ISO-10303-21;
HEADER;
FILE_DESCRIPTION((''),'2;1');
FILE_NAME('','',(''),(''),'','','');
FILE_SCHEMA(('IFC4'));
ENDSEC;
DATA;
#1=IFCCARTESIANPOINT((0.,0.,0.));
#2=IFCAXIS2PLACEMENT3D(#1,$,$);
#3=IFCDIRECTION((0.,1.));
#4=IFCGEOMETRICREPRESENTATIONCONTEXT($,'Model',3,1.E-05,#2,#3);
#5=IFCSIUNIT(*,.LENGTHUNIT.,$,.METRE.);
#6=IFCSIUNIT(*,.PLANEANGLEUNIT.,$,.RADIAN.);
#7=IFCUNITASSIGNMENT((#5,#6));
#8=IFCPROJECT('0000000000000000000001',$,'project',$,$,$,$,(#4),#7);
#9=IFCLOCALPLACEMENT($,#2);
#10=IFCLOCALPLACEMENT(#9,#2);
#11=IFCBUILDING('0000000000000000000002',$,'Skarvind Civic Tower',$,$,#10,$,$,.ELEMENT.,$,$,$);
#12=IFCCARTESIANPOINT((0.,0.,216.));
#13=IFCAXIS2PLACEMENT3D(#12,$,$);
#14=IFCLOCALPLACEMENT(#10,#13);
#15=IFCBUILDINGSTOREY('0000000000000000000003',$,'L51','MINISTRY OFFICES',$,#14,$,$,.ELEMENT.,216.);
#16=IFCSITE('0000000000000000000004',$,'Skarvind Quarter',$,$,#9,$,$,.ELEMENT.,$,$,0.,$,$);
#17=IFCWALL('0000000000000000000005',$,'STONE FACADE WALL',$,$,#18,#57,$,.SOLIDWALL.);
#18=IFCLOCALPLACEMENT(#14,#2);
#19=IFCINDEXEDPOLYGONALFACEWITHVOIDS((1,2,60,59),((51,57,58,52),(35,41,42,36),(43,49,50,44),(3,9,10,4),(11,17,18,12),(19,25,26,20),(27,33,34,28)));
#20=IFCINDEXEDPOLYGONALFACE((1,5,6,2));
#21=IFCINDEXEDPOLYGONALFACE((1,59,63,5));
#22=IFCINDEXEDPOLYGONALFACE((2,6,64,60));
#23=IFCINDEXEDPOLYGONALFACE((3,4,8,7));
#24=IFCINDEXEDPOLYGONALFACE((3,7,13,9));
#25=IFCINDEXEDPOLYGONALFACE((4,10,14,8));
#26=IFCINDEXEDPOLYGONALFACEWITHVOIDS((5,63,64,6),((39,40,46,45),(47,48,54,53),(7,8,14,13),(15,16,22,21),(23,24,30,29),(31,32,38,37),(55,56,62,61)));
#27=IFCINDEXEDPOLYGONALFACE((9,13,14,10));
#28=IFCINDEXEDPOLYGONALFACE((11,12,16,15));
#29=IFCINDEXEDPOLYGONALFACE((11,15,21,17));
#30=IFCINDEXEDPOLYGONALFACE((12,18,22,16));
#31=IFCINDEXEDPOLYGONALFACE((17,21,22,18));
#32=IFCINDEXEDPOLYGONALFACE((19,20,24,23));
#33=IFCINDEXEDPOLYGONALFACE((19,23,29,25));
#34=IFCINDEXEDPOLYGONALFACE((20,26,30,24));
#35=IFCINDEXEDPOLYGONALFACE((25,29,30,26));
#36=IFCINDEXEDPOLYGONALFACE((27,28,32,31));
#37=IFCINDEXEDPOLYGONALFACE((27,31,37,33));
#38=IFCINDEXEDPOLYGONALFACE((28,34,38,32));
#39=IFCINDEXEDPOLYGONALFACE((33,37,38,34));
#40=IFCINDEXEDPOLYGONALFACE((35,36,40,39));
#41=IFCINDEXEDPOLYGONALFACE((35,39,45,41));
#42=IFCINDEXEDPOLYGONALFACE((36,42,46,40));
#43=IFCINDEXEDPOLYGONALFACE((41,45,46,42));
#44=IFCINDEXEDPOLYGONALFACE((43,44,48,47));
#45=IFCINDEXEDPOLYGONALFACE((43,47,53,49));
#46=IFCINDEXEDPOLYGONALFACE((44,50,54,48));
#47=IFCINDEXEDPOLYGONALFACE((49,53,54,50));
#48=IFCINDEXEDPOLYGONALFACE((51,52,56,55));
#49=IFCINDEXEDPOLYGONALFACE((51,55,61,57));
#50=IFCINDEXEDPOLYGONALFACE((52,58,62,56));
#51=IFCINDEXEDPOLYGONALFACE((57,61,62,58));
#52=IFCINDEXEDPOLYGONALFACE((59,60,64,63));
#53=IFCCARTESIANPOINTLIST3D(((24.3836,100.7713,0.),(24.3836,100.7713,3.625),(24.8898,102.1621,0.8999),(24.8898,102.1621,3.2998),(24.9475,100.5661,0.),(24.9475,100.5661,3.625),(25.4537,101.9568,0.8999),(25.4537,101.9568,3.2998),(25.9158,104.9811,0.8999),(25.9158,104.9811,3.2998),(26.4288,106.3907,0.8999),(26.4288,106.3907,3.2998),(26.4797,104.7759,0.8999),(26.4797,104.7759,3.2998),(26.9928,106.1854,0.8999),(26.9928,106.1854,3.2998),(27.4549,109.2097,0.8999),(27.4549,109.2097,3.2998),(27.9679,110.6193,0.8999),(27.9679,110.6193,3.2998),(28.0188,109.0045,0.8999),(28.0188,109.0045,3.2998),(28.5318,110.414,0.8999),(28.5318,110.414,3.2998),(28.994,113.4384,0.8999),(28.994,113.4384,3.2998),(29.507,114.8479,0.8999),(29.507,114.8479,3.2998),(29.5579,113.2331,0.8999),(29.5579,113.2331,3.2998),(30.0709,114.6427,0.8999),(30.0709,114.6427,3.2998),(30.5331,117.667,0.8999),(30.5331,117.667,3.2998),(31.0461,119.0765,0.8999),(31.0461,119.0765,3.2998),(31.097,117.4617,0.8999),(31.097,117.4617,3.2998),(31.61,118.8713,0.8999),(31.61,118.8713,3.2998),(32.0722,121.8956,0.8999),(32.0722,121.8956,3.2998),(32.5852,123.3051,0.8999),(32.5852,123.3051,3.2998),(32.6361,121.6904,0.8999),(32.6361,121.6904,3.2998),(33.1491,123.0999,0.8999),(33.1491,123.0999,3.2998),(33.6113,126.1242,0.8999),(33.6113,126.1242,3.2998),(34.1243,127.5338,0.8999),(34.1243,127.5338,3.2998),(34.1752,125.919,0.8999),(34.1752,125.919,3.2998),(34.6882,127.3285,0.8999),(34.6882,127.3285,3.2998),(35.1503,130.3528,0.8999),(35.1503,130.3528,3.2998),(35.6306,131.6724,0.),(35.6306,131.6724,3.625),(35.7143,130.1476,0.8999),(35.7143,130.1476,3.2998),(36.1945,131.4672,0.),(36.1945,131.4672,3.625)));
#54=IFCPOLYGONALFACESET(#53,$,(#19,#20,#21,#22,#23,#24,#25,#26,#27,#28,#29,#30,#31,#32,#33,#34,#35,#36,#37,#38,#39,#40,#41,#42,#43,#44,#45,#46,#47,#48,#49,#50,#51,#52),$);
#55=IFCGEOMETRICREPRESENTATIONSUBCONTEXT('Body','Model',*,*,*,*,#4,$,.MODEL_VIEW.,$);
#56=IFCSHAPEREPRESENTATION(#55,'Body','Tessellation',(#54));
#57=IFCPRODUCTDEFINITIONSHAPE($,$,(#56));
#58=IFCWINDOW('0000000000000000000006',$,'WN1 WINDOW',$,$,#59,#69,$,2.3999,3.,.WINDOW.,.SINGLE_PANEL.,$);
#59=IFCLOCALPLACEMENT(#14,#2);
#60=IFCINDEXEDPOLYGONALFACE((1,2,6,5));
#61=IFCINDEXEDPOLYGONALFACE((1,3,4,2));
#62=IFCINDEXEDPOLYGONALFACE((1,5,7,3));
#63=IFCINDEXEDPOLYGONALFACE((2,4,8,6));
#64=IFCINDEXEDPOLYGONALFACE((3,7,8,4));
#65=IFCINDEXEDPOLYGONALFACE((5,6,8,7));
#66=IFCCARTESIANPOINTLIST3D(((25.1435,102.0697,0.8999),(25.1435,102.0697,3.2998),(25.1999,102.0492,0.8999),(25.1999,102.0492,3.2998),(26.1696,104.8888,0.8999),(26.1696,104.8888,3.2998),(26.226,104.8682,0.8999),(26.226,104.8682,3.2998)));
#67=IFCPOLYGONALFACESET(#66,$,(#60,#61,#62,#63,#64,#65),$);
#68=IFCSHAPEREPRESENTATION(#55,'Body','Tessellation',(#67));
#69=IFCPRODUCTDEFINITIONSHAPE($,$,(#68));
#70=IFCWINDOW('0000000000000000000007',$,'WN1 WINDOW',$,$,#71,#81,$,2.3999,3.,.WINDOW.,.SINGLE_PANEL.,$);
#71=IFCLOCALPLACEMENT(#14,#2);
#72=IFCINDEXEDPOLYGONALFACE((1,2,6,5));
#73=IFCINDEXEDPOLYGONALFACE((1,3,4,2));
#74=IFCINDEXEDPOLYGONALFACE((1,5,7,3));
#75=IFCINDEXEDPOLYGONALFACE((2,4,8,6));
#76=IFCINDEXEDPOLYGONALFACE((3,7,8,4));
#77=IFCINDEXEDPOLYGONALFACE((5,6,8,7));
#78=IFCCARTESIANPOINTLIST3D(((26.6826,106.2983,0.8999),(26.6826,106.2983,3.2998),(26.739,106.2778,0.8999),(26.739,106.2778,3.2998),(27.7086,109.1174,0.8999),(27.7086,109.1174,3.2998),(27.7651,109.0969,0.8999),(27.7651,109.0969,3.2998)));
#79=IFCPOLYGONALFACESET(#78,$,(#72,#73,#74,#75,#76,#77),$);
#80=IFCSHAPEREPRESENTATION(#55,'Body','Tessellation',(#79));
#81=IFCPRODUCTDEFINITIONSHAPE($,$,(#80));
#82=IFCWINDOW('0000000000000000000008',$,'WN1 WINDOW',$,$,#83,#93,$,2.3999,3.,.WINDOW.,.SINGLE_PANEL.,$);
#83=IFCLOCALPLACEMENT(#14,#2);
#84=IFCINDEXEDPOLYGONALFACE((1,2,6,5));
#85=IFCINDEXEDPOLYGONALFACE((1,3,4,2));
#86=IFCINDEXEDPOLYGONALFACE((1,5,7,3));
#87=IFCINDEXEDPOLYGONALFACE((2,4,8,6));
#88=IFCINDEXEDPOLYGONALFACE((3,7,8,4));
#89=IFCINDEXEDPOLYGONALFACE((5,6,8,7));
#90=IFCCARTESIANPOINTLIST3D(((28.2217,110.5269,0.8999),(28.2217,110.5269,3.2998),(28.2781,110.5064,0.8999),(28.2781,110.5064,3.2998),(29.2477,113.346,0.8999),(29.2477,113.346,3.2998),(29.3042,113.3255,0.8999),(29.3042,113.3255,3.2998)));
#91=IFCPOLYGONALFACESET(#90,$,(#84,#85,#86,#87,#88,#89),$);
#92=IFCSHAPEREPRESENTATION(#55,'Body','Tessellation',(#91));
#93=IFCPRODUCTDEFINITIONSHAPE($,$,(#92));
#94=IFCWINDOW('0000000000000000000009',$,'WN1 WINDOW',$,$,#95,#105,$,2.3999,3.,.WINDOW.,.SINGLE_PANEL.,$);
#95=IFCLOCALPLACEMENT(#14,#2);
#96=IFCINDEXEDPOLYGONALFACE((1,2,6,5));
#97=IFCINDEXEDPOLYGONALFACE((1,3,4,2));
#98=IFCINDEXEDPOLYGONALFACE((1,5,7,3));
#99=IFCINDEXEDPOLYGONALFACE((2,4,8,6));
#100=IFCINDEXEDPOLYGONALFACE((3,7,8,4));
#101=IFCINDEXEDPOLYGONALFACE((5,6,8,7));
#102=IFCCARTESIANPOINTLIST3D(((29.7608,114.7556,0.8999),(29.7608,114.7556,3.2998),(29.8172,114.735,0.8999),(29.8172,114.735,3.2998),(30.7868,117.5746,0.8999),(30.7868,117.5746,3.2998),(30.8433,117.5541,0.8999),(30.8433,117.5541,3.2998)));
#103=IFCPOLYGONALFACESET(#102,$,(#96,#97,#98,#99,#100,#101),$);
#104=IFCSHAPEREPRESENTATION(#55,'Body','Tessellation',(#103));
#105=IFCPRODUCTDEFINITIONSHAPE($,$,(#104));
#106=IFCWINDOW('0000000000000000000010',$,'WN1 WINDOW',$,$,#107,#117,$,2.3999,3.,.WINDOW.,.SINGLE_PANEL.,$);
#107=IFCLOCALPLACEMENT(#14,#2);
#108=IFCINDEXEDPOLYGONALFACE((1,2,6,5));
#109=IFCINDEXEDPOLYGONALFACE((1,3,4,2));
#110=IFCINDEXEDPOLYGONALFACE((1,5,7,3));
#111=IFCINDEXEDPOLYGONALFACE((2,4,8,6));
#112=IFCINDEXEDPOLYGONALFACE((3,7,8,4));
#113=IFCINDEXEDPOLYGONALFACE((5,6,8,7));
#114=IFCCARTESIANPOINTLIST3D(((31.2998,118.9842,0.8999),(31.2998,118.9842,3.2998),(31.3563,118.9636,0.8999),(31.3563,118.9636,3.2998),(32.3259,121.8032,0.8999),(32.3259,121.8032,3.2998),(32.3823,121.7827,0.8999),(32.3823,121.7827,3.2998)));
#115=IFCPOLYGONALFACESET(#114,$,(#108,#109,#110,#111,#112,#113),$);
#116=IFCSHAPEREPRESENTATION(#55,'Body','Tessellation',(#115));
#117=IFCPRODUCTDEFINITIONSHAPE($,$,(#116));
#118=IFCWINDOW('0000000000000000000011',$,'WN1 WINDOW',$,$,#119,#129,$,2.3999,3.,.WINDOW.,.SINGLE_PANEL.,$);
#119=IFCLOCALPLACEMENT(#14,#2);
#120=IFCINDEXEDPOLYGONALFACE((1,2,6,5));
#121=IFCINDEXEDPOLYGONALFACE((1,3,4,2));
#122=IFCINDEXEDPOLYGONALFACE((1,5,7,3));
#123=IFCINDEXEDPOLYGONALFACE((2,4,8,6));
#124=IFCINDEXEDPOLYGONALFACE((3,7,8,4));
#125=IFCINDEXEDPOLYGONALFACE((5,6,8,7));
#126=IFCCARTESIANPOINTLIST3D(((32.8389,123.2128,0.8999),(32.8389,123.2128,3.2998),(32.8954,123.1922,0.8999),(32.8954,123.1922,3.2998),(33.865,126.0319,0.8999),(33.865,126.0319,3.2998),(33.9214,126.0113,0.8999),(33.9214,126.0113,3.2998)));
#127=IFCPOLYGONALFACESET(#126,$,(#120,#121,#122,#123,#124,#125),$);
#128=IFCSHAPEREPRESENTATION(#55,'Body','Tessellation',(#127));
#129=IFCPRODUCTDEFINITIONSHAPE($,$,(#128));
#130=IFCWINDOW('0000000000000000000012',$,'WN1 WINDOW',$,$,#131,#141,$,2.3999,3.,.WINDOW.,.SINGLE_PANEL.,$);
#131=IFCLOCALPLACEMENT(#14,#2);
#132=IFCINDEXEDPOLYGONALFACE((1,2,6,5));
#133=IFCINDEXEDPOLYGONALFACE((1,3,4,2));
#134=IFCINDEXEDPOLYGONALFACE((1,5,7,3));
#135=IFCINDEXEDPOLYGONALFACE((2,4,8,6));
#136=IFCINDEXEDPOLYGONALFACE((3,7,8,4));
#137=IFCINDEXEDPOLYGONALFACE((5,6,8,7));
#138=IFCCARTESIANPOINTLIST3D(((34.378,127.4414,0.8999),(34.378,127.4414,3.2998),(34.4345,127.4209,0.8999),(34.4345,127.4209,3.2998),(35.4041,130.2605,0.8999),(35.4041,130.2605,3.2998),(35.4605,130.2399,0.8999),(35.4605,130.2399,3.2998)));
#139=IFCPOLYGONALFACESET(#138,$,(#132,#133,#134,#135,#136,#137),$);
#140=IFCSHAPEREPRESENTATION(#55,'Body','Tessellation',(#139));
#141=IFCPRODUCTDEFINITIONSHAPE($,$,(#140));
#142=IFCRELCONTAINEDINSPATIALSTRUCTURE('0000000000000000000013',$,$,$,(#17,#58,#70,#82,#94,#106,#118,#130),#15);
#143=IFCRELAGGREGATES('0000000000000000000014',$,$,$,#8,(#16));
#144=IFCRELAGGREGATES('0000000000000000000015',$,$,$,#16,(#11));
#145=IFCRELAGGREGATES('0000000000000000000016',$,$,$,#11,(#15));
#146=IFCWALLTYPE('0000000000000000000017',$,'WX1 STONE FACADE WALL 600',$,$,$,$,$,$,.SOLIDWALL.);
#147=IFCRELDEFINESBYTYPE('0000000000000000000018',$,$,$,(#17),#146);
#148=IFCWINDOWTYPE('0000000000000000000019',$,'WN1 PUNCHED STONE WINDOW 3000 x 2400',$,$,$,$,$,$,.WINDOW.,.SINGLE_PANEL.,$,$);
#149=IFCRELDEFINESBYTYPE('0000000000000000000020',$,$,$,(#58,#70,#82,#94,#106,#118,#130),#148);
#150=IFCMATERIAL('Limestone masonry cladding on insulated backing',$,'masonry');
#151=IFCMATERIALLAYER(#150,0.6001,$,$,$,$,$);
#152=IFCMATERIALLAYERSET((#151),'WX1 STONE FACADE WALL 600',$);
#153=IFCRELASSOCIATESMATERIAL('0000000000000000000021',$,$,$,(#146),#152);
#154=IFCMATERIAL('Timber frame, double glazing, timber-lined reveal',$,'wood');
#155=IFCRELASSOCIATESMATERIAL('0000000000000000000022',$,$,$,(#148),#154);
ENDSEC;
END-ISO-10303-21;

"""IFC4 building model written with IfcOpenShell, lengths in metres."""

from ifc_helpers import new_model, si_unit, direction, frame, frame_2d, origin, place, context, subcontext, project, spatial, rectangle, extrude, material, layer, layer_set, type_object, element, fill, save


model = new_model("IFC4")

# Units and contexts
model_context = context("Model", 3, precision=1e-05, world=origin(), true_north=direction((0.0, 1.0)))
body_context = subcontext(model_context, "Body", "Model", "MODEL_VIEW")
ifc_project = project(units=[si_unit("LENGTHUNIT", "METRE"), si_unit("PLANEANGLEUNIT", "RADIAN")], contexts=[model_context])

# Site, building, storey
site_placement = place(None, origin())
site = spatial("IfcSite", under=ifc_project, at=site_placement, Name="Skarvind Quarter", CompositionType="ELEMENT", RefElevation=0.0)
building_placement = place(site_placement, origin())
building = spatial("IfcBuilding", under=site, at=building_placement, Name="Skarvind Civic Tower", CompositionType="ELEMENT")
storey_placement = place(building_placement, frame((0.0, 0.0, 216.0)))
storey = spatial("IfcBuildingStorey", under=building, at=storey_placement, Name="L51", Description="MINISTRY OFFICES", CompositionType="ELEMENT", Elevation=216.0)

# Wall, openings, windows
ifc_material_1 = material(Name="Limestone masonry cladding on insulated backing", Category="masonry")
ifc_layer_1 = layer(ifc_material_1, 0.6001)
ifc_layer_set_1 = layer_set([ifc_layer_1], Name="WX1 STONE FACADE WALL 600")
wall_type_1 = type_object("IfcWallType", Name="WX1 STONE FACADE WALL 600", PredefinedType="SOLIDWALL", material=ifc_layer_set_1)
wall_1_placement = place(storey_placement, frame((24.6655, 100.6687, 0.0), z_axis=(0.0, 0.0, 1.0), x_axis=(0.34202, 0.939693, 0.0)))
wall_1 = element("IfcWall", 1, at=wall_1_placement, inside=storey, type_object=wall_type_1, Name="STONE FACADE WALL", PredefinedType="SOLIDWALL", context=body_context, shape_type="SweptSolid", body=[
    extrude(rectangle(XDim=32.8843, YDim=0.6001, at=frame_2d((16.4421, 0.0))), origin(), (0.0, 0.0, 1.0), 3.625),
])
opening_1_placement = place(wall_1_placement, frame((1.48, 0.0, 0.8999)))
opening_1 = element("IfcOpeningElement", 2, at=opening_1_placement, cuts=wall_1, PredefinedType="OPENING", context=body_context, shape_type="SweptSolid", body=[
    extrude(rectangle(XDim=3.0, YDim=2.3999, at=frame_2d((1.5, 1.2))), frame((0.0, 0.3101, 0.0), z_axis=(0.0, -1.0, 0.0), x_axis=(1.0, 0.0, 0.0)), (0.0, 0.0, 1.0), 0.6201),
])
opening_2_placement = place(wall_1_placement, frame((5.98, 0.0, 0.8999)))
opening_2 = element("IfcOpeningElement", 3, at=opening_2_placement, cuts=wall_1, PredefinedType="OPENING", context=body_context, shape_type="SweptSolid", body=[
    extrude(rectangle(XDim=3.0, YDim=2.3999, at=frame_2d((1.5, 1.2))), frame((0.0, 0.3101, 0.0), z_axis=(0.0, -1.0, 0.0), x_axis=(1.0, 0.0, 0.0)), (0.0, 0.0, 1.0), 0.6201),
])
opening_3_placement = place(wall_1_placement, frame((10.48, 0.0, 0.8999)))
opening_3 = element("IfcOpeningElement", 4, at=opening_3_placement, cuts=wall_1, PredefinedType="OPENING", context=body_context, shape_type="SweptSolid", body=[
    extrude(rectangle(XDim=3.0, YDim=2.3999, at=frame_2d((1.5, 1.2))), frame((0.0, 0.3101, 0.0), z_axis=(0.0, -1.0, 0.0), x_axis=(1.0, 0.0, 0.0)), (0.0, 0.0, 1.0), 0.6201),
])
opening_4_placement = place(wall_1_placement, frame((14.98, 0.0, 0.8999)))
opening_4 = element("IfcOpeningElement", 5, at=opening_4_placement, cuts=wall_1, PredefinedType="OPENING", context=body_context, shape_type="SweptSolid", body=[
    extrude(rectangle(XDim=3.0, YDim=2.3999, at=frame_2d((1.5, 1.2))), frame((0.0, 0.3101, 0.0), z_axis=(0.0, -1.0, 0.0), x_axis=(1.0, 0.0, 0.0)), (0.0, 0.0, 1.0), 0.6201),
])
opening_5_placement = place(wall_1_placement, frame((19.48, 0.0, 0.8999)))
opening_5 = element("IfcOpeningElement", 6, at=opening_5_placement, cuts=wall_1, PredefinedType="OPENING", context=body_context, shape_type="SweptSolid", body=[
    extrude(rectangle(XDim=3.0, YDim=2.3999, at=frame_2d((1.5, 1.2))), frame((0.0, 0.3101, 0.0), z_axis=(0.0, -1.0, 0.0), x_axis=(1.0, 0.0, 0.0)), (0.0, 0.0, 1.0), 0.6201),
])
opening_6_placement = place(wall_1_placement, frame((23.98, 0.0, 0.8999)))
opening_6 = element("IfcOpeningElement", 7, at=opening_6_placement, cuts=wall_1, PredefinedType="OPENING", context=body_context, shape_type="SweptSolid", body=[
    extrude(rectangle(XDim=3.0, YDim=2.3999, at=frame_2d((1.5, 1.2))), frame((0.0, 0.3101, 0.0), z_axis=(0.0, -1.0, 0.0), x_axis=(1.0, 0.0, 0.0)), (0.0, 0.0, 1.0), 0.6201),
])
opening_7_placement = place(wall_1_placement, frame((28.48, 0.0, 0.8999)))
opening_7 = element("IfcOpeningElement", 8, at=opening_7_placement, cuts=wall_1, PredefinedType="OPENING", context=body_context, shape_type="SweptSolid", body=[
    extrude(rectangle(XDim=3.0, YDim=2.3999, at=frame_2d((1.5, 1.2))), frame((0.0, 0.3101, 0.0), z_axis=(0.0, -1.0, 0.0), x_axis=(1.0, 0.0, 0.0)), (0.0, 0.0, 1.0), 0.6201),
])
ifc_material_2 = material(Name="Timber frame, double glazing, timber-lined reveal", Category="wood")
window_type = type_object("IfcWindowType", Name="WN1 PUNCHED STONE WINDOW 3000 x 2400", PartitioningType="SINGLE_PANEL", PredefinedType="WINDOW", material=ifc_material_2)
window_1_placement = place(opening_1_placement, origin())
window_1 = element("IfcWindow", 9, at=window_1_placement, inside=storey, type_object=window_type, Name="WN1 WINDOW", OverallHeight=2.3999, OverallWidth=3.0, PartitioningType="SINGLE_PANEL", PredefinedType="WINDOW", context=body_context, shape_type="SweptSolid", body=[
    extrude(rectangle(XDim=3.0, YDim=2.3999, at=frame_2d((1.5, 1.2))), frame((0.0, 0.03, 0.0), z_axis=(0.0, -1.0, 0.0), x_axis=(1.0, 0.0, 0.0)), (0.0, 0.0, 1.0), 0.0601),
])
fill(opening_1, window_1)
window_2_placement = place(opening_2_placement, origin())
window_2 = element("IfcWindow", 10, at=window_2_placement, inside=storey, type_object=window_type, Name="WN1 WINDOW", OverallHeight=2.3999, OverallWidth=3.0, PartitioningType="SINGLE_PANEL", PredefinedType="WINDOW", context=body_context, shape_type="SweptSolid", body=[
    extrude(rectangle(XDim=3.0, YDim=2.3999, at=frame_2d((1.5, 1.2))), frame((0.0, 0.03, 0.0), z_axis=(0.0, -1.0, 0.0), x_axis=(1.0, 0.0, 0.0)), (0.0, 0.0, 1.0), 0.0601),
])
fill(opening_2, window_2)
window_3_placement = place(opening_3_placement, origin())
window_3 = element("IfcWindow", 11, at=window_3_placement, inside=storey, type_object=window_type, Name="WN1 WINDOW", OverallHeight=2.3999, OverallWidth=3.0, PartitioningType="SINGLE_PANEL", PredefinedType="WINDOW", context=body_context, shape_type="SweptSolid", body=[
    extrude(rectangle(XDim=3.0, YDim=2.3999, at=frame_2d((1.5, 1.2))), frame((0.0, 0.03, 0.0), z_axis=(0.0, -1.0, 0.0), x_axis=(1.0, 0.0, 0.0)), (0.0, 0.0, 1.0), 0.0601),
])
fill(opening_3, window_3)
window_4_placement = place(opening_4_placement, origin())
window_4 = element("IfcWindow", 12, at=window_4_placement, inside=storey, type_object=window_type, Name="WN1 WINDOW", OverallHeight=2.3999, OverallWidth=3.0, PartitioningType="SINGLE_PANEL", PredefinedType="WINDOW", context=body_context, shape_type="SweptSolid", body=[
    extrude(rectangle(XDim=3.0, YDim=2.3999, at=frame_2d((1.5, 1.2))), frame((0.0, 0.03, 0.0), z_axis=(0.0, -1.0, 0.0), x_axis=(1.0, 0.0, 0.0)), (0.0, 0.0, 1.0), 0.0601),
])
fill(opening_4, window_4)
window_5_placement = place(opening_5_placement, origin())
window_5 = element("IfcWindow", 13, at=window_5_placement, inside=storey, type_object=window_type, Name="WN1 WINDOW", OverallHeight=2.3999, OverallWidth=3.0, PartitioningType="SINGLE_PANEL", PredefinedType="WINDOW", context=body_context, shape_type="SweptSolid", body=[
    extrude(rectangle(XDim=3.0, YDim=2.3999, at=frame_2d((1.5, 1.2))), frame((0.0, 0.03, 0.0), z_axis=(0.0, -1.0, 0.0), x_axis=(1.0, 0.0, 0.0)), (0.0, 0.0, 1.0), 0.0601),
])
fill(opening_5, window_5)
window_6_placement = place(opening_6_placement, origin())
window_6 = element("IfcWindow", 14, at=window_6_placement, inside=storey, type_object=window_type, Name="WN1 WINDOW", OverallHeight=2.3999, OverallWidth=3.0, PartitioningType="SINGLE_PANEL", PredefinedType="WINDOW", context=body_context, shape_type="SweptSolid", body=[
    extrude(rectangle(XDim=3.0, YDim=2.3999, at=frame_2d((1.5, 1.2))), frame((0.0, 0.03, 0.0), z_axis=(0.0, -1.0, 0.0), x_axis=(1.0, 0.0, 0.0)), (0.0, 0.0, 1.0), 0.0601),
])
fill(opening_6, window_6)
window_7_placement = place(opening_7_placement, origin())
window_7 = element("IfcWindow", 15, at=window_7_placement, inside=storey, type_object=window_type, Name="WN1 WINDOW", OverallHeight=2.3999, OverallWidth=3.0, PartitioningType="SINGLE_PANEL", PredefinedType="WINDOW", context=body_context, shape_type="SweptSolid", body=[
    extrude(rectangle(XDim=3.0, YDim=2.3999, at=frame_2d((1.5, 1.2))), frame((0.0, 0.03, 0.0), z_axis=(0.0, -1.0, 0.0), x_axis=(1.0, 0.0, 0.0)), (0.0, 0.0, 1.0), 0.0601),
])
fill(opening_7, window_7)

save(model, "model.ifc")
